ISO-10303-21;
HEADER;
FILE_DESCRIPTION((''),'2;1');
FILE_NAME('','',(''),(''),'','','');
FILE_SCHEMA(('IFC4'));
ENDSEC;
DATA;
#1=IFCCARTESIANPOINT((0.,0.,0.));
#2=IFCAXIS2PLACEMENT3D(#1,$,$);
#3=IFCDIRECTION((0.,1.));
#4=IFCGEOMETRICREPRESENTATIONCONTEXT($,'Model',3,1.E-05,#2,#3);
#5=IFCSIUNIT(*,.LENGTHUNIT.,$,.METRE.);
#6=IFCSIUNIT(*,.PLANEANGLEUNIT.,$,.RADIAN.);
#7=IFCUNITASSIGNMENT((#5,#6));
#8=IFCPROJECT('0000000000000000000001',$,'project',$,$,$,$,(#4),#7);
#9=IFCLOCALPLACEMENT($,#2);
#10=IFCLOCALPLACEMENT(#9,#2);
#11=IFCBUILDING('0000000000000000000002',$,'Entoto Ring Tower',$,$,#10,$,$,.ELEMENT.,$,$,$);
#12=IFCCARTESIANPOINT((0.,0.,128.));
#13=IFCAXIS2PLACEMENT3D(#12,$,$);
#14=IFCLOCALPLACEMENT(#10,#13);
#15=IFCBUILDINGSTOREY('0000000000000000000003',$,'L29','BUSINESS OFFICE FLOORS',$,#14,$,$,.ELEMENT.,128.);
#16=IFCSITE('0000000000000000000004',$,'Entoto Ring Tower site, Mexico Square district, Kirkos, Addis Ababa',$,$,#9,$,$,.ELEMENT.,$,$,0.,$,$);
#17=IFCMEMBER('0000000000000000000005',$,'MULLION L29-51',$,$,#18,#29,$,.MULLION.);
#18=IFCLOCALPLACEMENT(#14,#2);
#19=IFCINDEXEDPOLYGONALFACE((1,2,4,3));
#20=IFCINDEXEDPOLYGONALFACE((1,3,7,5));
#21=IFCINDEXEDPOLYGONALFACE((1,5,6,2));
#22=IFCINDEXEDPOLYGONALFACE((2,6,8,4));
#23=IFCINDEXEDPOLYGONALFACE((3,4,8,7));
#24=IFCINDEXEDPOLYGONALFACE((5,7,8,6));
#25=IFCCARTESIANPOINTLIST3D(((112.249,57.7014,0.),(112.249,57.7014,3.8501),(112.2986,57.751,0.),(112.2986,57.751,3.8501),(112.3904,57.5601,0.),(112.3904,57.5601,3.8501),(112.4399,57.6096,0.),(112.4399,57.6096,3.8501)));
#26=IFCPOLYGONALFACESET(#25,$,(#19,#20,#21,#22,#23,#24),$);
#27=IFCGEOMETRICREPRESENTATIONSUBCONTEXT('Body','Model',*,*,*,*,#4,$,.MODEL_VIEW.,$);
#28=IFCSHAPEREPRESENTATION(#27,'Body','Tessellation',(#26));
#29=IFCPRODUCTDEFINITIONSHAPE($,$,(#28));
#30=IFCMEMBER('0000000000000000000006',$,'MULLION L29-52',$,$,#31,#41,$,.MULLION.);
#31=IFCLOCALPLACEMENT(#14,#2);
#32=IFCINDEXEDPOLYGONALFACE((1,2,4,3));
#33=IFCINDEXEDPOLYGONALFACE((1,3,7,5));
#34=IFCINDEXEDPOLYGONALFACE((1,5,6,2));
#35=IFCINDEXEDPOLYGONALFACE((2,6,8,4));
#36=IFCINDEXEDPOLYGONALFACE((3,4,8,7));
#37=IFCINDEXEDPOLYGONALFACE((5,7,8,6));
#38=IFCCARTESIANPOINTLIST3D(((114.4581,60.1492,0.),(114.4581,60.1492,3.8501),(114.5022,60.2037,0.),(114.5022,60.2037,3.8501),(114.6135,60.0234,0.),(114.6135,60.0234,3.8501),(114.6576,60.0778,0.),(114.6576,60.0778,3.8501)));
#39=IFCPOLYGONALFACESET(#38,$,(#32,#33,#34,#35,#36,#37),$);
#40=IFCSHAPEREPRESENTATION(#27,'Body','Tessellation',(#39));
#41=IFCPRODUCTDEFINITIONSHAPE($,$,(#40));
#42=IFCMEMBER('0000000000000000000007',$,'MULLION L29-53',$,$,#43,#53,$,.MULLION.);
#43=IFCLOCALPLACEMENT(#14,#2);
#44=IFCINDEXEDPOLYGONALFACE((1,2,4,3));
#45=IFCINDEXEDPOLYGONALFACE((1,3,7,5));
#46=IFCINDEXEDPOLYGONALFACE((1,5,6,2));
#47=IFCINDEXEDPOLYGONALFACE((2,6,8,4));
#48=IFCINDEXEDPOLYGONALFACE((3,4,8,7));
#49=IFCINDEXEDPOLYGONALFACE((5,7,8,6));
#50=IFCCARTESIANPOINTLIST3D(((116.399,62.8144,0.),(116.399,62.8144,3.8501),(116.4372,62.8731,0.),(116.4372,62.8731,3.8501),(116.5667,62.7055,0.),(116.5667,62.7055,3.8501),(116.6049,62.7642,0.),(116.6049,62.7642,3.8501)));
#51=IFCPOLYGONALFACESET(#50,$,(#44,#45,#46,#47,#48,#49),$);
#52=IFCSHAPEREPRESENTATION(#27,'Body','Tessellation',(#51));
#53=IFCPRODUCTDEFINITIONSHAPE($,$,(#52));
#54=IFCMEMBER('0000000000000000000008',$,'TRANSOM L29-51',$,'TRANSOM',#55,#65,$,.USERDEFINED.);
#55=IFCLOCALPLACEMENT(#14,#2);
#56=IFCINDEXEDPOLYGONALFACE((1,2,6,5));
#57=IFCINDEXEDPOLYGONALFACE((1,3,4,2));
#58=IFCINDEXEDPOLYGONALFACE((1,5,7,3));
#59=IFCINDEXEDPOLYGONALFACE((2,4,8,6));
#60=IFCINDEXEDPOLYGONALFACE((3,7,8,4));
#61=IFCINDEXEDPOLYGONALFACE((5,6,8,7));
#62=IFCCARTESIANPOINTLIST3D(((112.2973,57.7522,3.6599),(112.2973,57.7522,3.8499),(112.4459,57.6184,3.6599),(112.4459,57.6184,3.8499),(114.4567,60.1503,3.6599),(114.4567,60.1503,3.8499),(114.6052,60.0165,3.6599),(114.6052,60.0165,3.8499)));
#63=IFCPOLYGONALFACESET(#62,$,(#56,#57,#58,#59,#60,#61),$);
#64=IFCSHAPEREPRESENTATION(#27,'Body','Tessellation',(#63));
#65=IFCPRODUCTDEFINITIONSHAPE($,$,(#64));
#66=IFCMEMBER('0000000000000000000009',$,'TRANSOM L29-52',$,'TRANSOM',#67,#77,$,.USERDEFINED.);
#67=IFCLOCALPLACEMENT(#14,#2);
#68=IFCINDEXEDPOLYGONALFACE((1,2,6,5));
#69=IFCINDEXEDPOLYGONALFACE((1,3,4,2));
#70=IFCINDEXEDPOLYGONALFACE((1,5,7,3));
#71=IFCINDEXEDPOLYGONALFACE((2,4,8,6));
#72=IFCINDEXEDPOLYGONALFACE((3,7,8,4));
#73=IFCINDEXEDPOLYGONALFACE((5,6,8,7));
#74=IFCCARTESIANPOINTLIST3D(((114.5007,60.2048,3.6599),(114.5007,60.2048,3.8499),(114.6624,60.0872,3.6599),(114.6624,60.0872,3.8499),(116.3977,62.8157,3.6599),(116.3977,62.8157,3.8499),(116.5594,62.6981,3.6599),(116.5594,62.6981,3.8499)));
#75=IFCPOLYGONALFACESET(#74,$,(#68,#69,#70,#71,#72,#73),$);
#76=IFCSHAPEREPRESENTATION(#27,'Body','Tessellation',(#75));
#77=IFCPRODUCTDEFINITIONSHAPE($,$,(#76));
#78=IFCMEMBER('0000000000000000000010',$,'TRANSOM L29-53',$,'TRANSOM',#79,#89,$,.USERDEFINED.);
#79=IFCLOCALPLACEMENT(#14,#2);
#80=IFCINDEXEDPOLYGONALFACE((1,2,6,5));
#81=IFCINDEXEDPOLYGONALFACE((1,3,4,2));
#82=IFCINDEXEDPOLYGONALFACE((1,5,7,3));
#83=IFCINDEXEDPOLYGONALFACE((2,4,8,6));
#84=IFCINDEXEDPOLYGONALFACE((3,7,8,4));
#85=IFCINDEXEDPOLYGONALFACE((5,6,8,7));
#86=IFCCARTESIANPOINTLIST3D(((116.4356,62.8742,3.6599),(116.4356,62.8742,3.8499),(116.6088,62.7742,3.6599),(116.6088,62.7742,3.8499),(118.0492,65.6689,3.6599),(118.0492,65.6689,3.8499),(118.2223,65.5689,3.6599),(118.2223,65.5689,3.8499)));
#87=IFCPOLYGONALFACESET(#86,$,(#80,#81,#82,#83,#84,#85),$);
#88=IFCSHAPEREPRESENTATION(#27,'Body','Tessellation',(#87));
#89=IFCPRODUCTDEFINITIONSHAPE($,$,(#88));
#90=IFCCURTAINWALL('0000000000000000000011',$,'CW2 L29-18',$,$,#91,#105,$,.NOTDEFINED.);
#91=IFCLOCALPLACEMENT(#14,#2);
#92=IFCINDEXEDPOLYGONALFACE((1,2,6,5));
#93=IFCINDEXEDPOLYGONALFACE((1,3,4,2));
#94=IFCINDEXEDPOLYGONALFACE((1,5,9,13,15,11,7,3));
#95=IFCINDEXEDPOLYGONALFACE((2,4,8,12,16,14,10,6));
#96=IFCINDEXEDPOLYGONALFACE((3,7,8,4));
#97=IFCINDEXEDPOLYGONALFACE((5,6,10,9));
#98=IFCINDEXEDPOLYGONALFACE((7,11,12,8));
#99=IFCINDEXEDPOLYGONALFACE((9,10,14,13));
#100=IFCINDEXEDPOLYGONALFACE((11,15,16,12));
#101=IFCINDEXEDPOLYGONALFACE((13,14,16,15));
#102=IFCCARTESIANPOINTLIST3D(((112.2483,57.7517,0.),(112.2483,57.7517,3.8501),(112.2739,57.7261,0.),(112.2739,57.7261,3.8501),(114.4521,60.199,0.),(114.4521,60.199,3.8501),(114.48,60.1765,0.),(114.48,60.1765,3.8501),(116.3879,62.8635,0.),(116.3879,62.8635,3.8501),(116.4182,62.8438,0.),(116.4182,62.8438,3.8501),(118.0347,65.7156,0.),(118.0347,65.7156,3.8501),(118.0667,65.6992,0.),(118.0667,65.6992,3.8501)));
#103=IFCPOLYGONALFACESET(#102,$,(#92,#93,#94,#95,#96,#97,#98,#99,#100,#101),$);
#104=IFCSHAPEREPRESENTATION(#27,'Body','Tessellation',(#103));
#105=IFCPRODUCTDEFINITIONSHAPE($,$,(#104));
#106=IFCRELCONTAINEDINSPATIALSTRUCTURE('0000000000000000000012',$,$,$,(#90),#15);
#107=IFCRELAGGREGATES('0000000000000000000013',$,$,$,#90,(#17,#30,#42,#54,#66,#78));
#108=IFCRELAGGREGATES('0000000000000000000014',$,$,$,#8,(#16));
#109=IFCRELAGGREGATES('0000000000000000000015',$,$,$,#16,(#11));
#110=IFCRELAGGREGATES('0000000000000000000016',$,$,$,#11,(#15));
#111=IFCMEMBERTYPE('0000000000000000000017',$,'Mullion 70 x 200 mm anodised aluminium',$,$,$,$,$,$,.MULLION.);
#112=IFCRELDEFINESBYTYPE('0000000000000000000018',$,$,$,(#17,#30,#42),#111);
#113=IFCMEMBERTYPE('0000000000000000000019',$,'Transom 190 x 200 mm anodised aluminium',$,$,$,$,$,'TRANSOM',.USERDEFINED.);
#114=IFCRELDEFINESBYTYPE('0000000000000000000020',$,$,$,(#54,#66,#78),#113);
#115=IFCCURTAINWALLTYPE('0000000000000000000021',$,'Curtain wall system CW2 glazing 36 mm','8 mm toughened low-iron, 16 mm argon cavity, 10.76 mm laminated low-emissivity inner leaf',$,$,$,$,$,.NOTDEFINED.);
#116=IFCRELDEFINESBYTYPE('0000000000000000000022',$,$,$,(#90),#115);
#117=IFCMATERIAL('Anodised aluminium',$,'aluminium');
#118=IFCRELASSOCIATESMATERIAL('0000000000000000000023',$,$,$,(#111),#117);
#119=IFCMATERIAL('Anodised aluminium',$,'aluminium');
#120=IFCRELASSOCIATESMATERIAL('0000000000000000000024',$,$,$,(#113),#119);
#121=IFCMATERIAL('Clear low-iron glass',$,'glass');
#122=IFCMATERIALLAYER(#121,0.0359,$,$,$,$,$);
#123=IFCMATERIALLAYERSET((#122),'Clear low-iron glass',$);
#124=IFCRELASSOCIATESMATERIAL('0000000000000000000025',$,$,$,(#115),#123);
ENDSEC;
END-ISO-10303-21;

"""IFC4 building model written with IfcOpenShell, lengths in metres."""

from ifc_helpers import new_model, si_unit, direction, frame, origin, origin_2d, place, context, subcontext, project, spatial, polyline, rectangle, outline, extrude, material, layer, layer_set, material_profile, profile_set, type_object, element, aggregate, save


model = new_model("IFC4")

# Units and contexts
model_context = context("Model", 3, precision=1e-05, world=origin(), true_north=direction((0.0, 1.0)))
body_context = subcontext(model_context, "Body", "Model", "MODEL_VIEW")
ifc_project = project(units=[si_unit("LENGTHUNIT", "METRE"), si_unit("PLANEANGLEUNIT", "RADIAN")], contexts=[model_context])

# Members
ifc_material_1 = material(Name="Anodised aluminium", Category="aluminium")
ifc_material_profile_1 = material_profile(ifc_material_1, rectangle(XDim=0.0701, YDim=0.2, at=origin_2d()), Name="Mullion 70 x 200 mm anodised aluminium")
ifc_profile_set_1 = profile_set([ifc_material_profile_1], Name="Anodised aluminium")
member_type_1 = type_object("IfcMemberType", Name="Mullion 70 x 200 mm anodised aluminium", PredefinedType="MULLION", material=ifc_profile_set_1)
site_placement = place(None, origin())
building_placement = place(site_placement, origin())
storey_placement = place(building_placement, frame((0.0, 0.0, 128.0)))
member_1_placement = place(storey_placement, frame((112.3445, 57.6555, 0.0), z_axis=(0.0, 0.0, 1.0), x_axis=(0.707107, 0.707107, 0.0)))
member_1 = element("IfcMember", 1, at=member_1_placement, type_object=member_type_1, Name="MULLION L29-51", PredefinedType="MULLION", context=body_context, shape_type="SweptSolid", body=[
    extrude(rectangle(XDim=0.0701, YDim=0.2, at=origin_2d()), origin(), (0.0, 0.0, 1.0), 3.8501),
])
member_2_placement = place(storey_placement, frame((114.5579, 60.1135, 0.0), z_axis=(0.0, 0.0, 1.0), x_axis=(0.62932, 0.777146, 0.0)))
member_2 = element("IfcMember", 2, at=member_2_placement, type_object=member_type_1, Name="MULLION L29-52", PredefinedType="MULLION", context=body_context, shape_type="SweptSolid", body=[
    extrude(rectangle(XDim=0.0701, YDim=0.2, at=origin_2d()), origin(), (0.0, 0.0, 1.0), 3.8501),
])
member_3_placement = place(storey_placement, frame((116.502, 62.7893, 0.0), z_axis=(0.0, 0.0, 1.0), x_axis=(0.544639, 0.838671, 0.0)))
member_3 = element("IfcMember", 3, at=member_3_placement, type_object=member_type_1, Name="MULLION L29-53", PredefinedType="MULLION", context=body_context, shape_type="SweptSolid", body=[
    extrude(rectangle(XDim=0.0701, YDim=0.2, at=origin_2d()), origin(), (0.0, 0.0, 1.0), 3.8501),
])
ifc_material_2 = material(Name="Anodised aluminium", Category="aluminium")
ifc_material_profile_2 = material_profile(ifc_material_2, rectangle(XDim=0.2, YDim=0.1899, at=origin_2d()), Name="Transom 190 x 200 mm anodised aluminium")
ifc_profile_set_2 = profile_set([ifc_material_profile_2], Name="Anodised aluminium")
member_type_2 = type_object("IfcMemberType", Name="Transom 190 x 200 mm anodised aluminium", ElementType="TRANSOM", PredefinedType="USERDEFINED", material=ifc_profile_set_2)
member_4_placement = place(storey_placement, frame((112.3716, 57.6853, 3.7549), z_axis=(0.669144, 0.743132, 0.0), x_axis=(-0.743132, 0.669144, 0.0)))
member_4 = element("IfcMember", 4, at=member_4_placement, type_object=member_type_2, Name="TRANSOM L29-51", ObjectType="TRANSOM", PredefinedType="USERDEFINED", context=body_context, shape_type="SweptSolid", body=[
    extrude(rectangle(XDim=0.2, YDim=0.1899, at=origin_2d()), origin(), (0.0, 0.0, 1.0), 3.2271),
])
member_5_placement = place(storey_placement, frame((114.5815, 60.146, 3.7549), z_axis=(0.587803, 0.809004, 0.0), x_axis=(-0.809004, 0.587803, 0.0)))
member_5 = element("IfcMember", 5, at=member_5_placement, type_object=member_type_2, Name="TRANSOM L29-52", ObjectType="TRANSOM", PredefinedType="USERDEFINED", context=body_context, shape_type="SweptSolid", body=[
    extrude(rectangle(XDim=0.2, YDim=0.1899, at=origin_2d()), origin(), (0.0, 0.0, 1.0), 3.2273),
])
member_6_placement = place(storey_placement, frame((116.5222, 62.8242, 3.7549), z_axis=(0.500004, 0.866023, 0.0), x_axis=(-0.866023, 0.500004, 0.0)))
member_6 = element("IfcMember", 6, at=member_6_placement, type_object=member_type_2, Name="TRANSOM L29-53", ObjectType="TRANSOM", PredefinedType="USERDEFINED", context=body_context, shape_type="SweptSolid", body=[
    extrude(rectangle(XDim=0.2, YDim=0.1899, at=origin_2d()), origin(), (0.0, 0.0, 1.0), 3.2271),
])

# Site, building, storey
site = spatial("IfcSite", under=ifc_project, at=site_placement, Name="Entoto Ring Tower site, Mexico Square district, Kirkos, Addis Ababa", CompositionType="ELEMENT", RefElevation=0.0)
building = spatial("IfcBuilding", under=site, at=building_placement, Name="Entoto Ring Tower", CompositionType="ELEMENT")
storey = spatial("IfcBuildingStorey", under=building, at=storey_placement, Name="L29", Description="BUSINESS OFFICE FLOORS", CompositionType="ELEMENT", Elevation=128.0)

# Curtain wall
ifc_material_3 = material(Name="Clear low-iron glass", Category="glass")
ifc_layer_1 = layer(ifc_material_3, 0.0359)
ifc_layer_set_1 = layer_set([ifc_layer_1], Name="Clear low-iron glass")
curtain_wall_type = type_object("IfcCurtainWallType", Name="Curtain wall system CW2 glazing 36 mm", Description="8 mm toughened low-iron, 16 mm argon cavity, 10.76 mm laminated low-emissivity inner leaf", PredefinedType="NOTDEFINED", material=ifc_layer_set_1)
curtain_wall_1_placement = place(storey_placement, origin())
curtain_wall_1 = element("IfcCurtainWall", 7, at=curtain_wall_1_placement, inside=storey, type_object=curtain_wall_type, Name="CW2 L29-18", PredefinedType="NOTDEFINED", context=body_context, shape_type="SweptSolid", body=[
    extrude(outline(polyline([(112.2739, 57.7261), (114.48, 60.1765), (116.4182, 62.8438), (118.0667, 65.6992), (118.0347, 65.7156), (116.3879, 62.8635), (114.4521, 60.199), (112.2483, 57.7517), (112.2739, 57.7261)])), origin(), (0.0, 0.0, 1.0), 3.8501),
])
aggregate(curtain_wall_1, [member_1, member_2, member_3, member_4, member_5, member_6])

save(model, "model.ifc")
